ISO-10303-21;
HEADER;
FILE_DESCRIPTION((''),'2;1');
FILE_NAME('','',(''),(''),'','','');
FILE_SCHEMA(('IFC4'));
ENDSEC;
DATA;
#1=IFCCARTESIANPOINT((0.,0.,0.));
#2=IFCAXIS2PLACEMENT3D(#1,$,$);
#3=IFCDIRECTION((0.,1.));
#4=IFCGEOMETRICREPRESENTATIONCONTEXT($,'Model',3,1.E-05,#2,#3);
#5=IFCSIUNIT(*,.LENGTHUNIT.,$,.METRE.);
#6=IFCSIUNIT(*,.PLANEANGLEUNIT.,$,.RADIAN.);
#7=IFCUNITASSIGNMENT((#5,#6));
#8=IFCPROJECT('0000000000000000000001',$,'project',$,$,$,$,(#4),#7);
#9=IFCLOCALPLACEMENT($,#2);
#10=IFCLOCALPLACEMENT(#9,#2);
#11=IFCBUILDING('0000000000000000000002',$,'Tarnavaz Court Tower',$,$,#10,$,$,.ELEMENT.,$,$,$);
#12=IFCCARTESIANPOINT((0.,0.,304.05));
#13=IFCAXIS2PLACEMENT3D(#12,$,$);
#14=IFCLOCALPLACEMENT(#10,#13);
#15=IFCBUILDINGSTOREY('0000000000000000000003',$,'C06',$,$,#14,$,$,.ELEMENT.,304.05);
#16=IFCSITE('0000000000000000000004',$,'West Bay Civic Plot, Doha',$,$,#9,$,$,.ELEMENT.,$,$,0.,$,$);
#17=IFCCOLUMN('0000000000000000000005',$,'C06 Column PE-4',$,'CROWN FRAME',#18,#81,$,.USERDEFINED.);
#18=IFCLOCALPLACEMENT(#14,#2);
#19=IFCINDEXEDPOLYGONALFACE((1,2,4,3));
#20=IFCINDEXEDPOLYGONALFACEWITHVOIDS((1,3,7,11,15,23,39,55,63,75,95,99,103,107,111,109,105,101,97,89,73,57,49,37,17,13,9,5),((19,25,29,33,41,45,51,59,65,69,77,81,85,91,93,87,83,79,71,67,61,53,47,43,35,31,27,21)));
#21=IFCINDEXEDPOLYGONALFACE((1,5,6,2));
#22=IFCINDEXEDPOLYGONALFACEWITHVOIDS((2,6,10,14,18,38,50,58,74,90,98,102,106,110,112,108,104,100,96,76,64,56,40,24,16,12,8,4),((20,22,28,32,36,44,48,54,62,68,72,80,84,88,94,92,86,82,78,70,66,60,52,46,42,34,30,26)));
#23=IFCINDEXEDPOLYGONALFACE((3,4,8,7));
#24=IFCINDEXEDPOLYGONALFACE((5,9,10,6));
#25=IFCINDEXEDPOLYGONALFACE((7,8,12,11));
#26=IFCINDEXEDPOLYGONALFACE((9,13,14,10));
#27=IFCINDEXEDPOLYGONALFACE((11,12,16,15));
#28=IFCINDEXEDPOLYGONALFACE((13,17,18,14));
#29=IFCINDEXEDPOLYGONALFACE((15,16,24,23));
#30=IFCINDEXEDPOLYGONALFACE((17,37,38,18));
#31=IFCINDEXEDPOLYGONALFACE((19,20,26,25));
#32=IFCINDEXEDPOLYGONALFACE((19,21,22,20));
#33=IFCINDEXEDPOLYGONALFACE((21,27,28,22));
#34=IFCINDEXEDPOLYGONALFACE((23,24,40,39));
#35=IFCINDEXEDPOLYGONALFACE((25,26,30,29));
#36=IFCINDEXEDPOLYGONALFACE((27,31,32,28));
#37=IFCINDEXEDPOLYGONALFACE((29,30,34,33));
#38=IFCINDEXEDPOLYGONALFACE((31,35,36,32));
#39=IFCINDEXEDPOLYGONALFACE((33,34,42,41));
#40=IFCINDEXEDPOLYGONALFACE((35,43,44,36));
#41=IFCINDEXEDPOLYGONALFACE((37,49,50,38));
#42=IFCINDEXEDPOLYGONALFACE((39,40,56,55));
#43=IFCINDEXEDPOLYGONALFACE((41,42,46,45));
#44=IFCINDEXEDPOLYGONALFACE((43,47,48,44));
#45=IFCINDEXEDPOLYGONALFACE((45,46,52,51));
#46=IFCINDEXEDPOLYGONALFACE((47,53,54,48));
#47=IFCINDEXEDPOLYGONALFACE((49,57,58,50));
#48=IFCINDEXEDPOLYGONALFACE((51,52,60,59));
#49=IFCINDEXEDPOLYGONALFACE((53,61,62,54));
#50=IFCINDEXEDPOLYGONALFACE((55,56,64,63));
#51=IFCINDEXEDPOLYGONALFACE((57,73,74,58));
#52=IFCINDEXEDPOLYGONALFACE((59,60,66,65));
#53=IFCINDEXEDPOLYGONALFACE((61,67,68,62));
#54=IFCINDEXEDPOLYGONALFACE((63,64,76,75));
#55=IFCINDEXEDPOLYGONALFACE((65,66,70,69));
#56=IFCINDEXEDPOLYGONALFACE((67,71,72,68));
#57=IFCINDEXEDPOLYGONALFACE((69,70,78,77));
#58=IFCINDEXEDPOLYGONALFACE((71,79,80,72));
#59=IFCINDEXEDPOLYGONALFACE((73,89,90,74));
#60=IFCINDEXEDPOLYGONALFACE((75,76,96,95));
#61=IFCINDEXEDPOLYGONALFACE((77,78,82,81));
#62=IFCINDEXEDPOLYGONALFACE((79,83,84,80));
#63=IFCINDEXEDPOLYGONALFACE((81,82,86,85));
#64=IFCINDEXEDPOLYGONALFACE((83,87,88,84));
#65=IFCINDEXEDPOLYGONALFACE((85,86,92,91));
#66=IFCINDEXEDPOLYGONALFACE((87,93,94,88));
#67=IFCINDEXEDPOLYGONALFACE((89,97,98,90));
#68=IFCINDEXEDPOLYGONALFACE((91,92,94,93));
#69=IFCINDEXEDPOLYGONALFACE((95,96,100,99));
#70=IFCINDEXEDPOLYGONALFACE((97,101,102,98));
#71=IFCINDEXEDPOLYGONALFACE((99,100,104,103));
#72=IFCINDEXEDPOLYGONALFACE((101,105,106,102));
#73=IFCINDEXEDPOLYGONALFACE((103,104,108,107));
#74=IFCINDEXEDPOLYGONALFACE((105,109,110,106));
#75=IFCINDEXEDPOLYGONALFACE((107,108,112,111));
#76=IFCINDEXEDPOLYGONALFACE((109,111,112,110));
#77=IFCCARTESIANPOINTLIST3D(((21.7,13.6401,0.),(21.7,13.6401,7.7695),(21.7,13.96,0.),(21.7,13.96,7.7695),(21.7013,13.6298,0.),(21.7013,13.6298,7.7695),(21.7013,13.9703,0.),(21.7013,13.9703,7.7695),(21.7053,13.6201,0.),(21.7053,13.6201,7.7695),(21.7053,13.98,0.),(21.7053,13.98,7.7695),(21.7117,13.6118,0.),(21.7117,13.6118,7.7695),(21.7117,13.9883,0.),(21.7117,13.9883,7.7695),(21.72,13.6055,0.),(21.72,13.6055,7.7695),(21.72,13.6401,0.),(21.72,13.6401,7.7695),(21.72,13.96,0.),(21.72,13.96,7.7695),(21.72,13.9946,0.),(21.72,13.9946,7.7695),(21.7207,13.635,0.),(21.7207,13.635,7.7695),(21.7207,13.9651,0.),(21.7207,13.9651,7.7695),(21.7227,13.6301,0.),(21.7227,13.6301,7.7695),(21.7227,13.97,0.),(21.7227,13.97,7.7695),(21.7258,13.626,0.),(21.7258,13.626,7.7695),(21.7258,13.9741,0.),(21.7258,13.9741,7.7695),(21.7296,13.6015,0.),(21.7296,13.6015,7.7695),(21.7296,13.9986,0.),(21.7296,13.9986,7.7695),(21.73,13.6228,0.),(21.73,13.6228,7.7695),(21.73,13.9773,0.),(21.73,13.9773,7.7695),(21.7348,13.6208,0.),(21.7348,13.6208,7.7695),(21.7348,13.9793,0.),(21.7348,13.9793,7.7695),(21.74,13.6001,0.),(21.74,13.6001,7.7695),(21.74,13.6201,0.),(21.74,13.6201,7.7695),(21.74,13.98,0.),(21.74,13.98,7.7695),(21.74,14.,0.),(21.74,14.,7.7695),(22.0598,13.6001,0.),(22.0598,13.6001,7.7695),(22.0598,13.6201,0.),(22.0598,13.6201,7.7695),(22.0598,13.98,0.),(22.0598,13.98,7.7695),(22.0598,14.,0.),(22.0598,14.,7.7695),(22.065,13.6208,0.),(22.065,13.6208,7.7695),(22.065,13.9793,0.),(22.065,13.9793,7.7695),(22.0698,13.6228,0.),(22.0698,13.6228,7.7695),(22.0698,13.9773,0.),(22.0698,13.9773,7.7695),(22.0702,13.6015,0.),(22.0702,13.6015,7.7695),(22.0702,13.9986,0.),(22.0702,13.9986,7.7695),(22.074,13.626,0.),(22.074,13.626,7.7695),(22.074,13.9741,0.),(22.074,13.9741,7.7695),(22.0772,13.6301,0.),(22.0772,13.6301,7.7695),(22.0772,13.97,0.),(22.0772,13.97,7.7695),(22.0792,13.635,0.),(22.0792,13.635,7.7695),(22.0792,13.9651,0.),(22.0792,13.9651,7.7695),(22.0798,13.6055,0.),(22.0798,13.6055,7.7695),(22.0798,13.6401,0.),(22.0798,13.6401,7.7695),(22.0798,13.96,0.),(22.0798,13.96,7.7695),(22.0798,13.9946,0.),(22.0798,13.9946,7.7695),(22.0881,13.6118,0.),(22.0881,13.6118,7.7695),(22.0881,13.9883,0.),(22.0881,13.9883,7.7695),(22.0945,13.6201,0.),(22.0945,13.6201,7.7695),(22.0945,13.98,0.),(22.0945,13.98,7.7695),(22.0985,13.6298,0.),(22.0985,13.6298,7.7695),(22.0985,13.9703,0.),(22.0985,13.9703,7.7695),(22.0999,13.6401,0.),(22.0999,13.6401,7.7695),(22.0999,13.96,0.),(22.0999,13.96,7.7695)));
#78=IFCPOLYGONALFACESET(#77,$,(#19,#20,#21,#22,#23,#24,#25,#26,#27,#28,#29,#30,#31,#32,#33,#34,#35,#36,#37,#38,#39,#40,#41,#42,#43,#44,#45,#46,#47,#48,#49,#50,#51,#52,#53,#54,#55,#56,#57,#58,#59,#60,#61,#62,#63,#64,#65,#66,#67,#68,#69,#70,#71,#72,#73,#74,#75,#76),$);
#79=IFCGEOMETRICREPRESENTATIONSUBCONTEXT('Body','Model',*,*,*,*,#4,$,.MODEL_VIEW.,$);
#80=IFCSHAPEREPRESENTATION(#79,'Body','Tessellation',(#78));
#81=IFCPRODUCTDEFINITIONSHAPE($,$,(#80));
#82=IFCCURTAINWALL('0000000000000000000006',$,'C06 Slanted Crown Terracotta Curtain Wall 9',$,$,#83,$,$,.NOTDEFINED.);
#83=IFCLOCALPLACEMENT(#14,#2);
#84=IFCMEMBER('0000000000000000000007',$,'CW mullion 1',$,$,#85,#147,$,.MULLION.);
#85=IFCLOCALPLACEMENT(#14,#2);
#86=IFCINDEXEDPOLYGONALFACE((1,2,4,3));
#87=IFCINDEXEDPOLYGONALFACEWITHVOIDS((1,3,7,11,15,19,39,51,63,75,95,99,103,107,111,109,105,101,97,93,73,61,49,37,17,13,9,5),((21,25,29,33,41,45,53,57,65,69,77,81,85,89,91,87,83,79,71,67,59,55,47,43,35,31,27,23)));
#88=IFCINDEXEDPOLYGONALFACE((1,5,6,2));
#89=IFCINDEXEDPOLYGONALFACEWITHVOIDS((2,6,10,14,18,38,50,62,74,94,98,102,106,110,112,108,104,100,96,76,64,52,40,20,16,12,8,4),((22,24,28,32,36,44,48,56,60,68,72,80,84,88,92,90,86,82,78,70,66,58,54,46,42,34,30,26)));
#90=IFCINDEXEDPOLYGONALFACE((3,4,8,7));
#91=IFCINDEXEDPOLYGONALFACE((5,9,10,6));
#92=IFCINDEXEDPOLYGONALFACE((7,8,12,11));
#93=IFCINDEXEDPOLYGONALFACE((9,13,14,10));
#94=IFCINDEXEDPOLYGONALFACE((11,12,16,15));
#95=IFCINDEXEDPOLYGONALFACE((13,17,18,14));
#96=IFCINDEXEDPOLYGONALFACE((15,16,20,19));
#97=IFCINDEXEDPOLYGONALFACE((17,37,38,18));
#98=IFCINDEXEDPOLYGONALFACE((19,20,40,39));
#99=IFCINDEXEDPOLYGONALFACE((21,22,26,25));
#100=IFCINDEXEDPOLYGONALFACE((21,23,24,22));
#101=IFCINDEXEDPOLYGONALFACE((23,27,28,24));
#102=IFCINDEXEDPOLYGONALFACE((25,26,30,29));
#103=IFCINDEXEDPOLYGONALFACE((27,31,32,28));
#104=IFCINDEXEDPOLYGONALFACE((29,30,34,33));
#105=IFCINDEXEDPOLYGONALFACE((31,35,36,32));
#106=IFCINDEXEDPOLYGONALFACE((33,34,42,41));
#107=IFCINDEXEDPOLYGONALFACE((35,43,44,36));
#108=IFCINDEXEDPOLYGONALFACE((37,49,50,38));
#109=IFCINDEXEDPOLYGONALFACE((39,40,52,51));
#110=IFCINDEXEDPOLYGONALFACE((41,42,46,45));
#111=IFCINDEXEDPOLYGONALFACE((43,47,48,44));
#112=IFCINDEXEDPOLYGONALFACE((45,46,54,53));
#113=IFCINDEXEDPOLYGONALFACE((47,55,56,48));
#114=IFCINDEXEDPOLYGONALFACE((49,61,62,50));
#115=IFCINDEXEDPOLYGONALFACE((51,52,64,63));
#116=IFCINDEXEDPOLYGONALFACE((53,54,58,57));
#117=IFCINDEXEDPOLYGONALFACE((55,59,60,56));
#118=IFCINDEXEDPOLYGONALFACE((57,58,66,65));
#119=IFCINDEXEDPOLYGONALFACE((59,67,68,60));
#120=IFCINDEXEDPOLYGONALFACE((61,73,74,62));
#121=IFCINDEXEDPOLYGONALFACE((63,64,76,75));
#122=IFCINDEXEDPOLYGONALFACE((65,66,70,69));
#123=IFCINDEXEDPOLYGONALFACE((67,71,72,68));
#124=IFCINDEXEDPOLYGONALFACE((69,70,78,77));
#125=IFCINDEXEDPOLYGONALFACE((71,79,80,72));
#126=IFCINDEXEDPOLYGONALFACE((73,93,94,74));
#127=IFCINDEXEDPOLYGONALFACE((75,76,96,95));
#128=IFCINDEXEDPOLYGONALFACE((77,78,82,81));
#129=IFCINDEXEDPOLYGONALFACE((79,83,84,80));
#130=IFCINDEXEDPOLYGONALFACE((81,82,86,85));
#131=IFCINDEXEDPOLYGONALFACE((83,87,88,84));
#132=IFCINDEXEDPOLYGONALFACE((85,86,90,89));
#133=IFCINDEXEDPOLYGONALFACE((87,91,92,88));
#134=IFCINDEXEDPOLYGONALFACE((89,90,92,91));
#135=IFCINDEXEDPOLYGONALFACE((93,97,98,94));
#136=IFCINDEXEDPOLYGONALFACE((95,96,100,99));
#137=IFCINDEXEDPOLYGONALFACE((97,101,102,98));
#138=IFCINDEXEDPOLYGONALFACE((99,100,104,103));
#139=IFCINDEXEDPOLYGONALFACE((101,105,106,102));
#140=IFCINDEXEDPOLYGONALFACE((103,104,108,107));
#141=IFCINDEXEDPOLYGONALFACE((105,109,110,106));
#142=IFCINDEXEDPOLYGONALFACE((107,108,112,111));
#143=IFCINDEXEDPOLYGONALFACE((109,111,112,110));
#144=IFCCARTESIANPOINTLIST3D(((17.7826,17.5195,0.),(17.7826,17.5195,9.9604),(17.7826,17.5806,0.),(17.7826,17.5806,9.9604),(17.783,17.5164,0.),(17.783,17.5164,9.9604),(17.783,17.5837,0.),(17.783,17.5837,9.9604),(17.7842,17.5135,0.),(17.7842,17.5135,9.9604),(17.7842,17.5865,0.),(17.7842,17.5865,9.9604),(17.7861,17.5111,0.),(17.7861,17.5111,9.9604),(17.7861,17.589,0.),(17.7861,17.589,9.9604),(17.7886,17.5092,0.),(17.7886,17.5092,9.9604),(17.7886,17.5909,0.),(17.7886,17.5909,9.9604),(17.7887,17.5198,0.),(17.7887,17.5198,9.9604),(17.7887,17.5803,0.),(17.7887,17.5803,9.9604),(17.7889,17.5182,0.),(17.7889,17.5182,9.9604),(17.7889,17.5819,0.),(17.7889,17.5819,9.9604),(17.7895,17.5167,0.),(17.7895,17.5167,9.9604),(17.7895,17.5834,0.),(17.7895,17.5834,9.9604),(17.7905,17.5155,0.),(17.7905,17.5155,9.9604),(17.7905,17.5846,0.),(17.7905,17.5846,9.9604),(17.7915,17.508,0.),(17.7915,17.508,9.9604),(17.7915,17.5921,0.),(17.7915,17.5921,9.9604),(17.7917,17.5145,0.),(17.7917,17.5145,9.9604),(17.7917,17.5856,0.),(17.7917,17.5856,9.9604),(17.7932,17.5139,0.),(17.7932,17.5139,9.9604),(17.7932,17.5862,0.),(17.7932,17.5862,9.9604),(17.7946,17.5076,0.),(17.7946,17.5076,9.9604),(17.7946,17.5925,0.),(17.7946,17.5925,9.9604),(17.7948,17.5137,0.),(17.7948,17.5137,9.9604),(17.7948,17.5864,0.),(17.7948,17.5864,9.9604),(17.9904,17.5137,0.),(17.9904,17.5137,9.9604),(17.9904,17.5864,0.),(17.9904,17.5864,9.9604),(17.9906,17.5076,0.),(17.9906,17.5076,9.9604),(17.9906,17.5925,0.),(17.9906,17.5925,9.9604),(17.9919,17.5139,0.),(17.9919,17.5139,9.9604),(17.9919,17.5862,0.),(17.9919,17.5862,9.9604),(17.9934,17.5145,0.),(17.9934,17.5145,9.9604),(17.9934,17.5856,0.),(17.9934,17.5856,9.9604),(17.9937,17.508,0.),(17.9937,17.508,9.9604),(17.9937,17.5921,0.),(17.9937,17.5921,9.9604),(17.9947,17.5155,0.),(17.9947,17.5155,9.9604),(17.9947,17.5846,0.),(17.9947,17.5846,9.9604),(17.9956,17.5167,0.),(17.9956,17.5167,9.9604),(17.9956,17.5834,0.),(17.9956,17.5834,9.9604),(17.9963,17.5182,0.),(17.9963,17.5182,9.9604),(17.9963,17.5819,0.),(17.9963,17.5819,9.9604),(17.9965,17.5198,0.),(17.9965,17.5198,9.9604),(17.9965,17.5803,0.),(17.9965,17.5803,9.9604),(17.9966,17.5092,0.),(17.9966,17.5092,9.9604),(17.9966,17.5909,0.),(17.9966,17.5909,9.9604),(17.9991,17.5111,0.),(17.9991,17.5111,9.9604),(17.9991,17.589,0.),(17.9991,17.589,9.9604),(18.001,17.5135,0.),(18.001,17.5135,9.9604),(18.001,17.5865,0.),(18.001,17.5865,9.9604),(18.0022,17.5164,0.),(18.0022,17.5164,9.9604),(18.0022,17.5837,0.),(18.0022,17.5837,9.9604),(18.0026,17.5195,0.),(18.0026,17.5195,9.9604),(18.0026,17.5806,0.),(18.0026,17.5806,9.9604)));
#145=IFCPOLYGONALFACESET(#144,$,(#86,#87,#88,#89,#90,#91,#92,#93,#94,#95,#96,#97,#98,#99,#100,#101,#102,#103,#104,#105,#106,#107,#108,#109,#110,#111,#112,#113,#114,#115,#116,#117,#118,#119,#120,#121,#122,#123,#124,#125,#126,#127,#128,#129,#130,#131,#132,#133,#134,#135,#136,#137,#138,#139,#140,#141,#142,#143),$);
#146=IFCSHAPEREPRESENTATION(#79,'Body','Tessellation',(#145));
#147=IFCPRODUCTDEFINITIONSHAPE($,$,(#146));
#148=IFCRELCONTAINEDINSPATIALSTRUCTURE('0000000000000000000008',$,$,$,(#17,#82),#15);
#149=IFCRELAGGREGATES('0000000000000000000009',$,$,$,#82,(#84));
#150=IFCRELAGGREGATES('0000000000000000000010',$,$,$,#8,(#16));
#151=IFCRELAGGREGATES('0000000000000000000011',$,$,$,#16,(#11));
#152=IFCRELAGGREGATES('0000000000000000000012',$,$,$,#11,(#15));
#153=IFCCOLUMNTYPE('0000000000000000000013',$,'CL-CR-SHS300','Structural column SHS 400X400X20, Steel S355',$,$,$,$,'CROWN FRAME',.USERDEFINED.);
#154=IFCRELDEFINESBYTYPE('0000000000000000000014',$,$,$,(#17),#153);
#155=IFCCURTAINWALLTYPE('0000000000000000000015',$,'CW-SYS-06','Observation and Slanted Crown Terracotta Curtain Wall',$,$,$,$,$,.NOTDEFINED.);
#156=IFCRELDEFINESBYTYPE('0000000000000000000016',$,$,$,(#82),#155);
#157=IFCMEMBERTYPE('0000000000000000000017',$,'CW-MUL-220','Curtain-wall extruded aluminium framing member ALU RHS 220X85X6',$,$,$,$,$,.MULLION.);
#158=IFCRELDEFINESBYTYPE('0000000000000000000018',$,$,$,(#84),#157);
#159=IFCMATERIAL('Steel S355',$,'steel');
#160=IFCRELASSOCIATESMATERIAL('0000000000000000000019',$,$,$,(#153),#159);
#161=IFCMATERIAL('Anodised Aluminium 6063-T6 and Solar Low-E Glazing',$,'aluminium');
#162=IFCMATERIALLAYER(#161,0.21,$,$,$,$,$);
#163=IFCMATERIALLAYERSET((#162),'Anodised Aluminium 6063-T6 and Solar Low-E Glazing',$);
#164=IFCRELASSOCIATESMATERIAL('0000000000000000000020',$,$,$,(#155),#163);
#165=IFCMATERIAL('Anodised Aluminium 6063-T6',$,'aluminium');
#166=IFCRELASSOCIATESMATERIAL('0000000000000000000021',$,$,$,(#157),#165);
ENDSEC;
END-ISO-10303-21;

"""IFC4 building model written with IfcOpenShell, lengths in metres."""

from ifc_helpers import new_model, si_unit, direction, frame, origin, origin_2d, place, context, subcontext, project, spatial, hollow_rectangle, extrude, material, layer, layer_set, material_profile, profile_set, type_object, element, aggregate, save


model = new_model("IFC4")

# Units and contexts
model_context = context("Model", 3, precision=1e-05, world=origin(), true_north=direction((0.0, 1.0)))
body_context = subcontext(model_context, "Body", "Model", "MODEL_VIEW")
ifc_project = project(units=[si_unit("LENGTHUNIT", "METRE"), si_unit("PLANEANGLEUNIT", "RADIAN")], contexts=[model_context])

# Site, building, storey
site_placement = place(None, origin())
site = spatial("IfcSite", under=ifc_project, at=site_placement, Name="West Bay Civic Plot, Doha", CompositionType="ELEMENT", RefElevation=0.0)
building_placement = place(site_placement, origin())
building = spatial("IfcBuilding", under=site, at=building_placement, Name="Tarnavaz Court Tower", CompositionType="ELEMENT")
storey_placement = place(building_placement, frame((0.0, 0.0, 304.05)))
storey = spatial("IfcBuildingStorey", under=building, at=storey_placement, Name="C06", CompositionType="ELEMENT", Elevation=304.05)

# Column
ifc_material_1 = material(Name="Steel S355", Category="steel")
ifc_material_profile_1 = material_profile(ifc_material_1, hollow_rectangle(XDim=0.3999, YDim=0.3999, WallThickness=0.02, InnerFilletRadius=0.02, OuterFilletRadius=0.04, at=origin_2d()), Name="SHS 400X400X20")
ifc_profile_set_1 = profile_set([ifc_material_profile_1], Name="Steel S355")
column_type = type_object("IfcColumnType", Name="CL-CR-SHS300", Description="Structural column SHS 400X400X20, Steel S355", ElementType="CROWN FRAME", PredefinedType="USERDEFINED", material=ifc_profile_set_1)
column_1_placement = place(storey_placement, frame((21.8999, 13.8, 0.0), z_axis=(0.0, 0.0, 1.0), x_axis=(1.0, 0.0, 0.0)))
element("IfcColumn", 1, at=column_1_placement, inside=storey, type_object=column_type, Name="C06 Column PE-4", ObjectType="CROWN FRAME", PredefinedType="USERDEFINED", context=body_context, shape_type="SweptSolid", body=[
    extrude(hollow_rectangle(XDim=0.3999, YDim=0.3999, WallThickness=0.02, InnerFilletRadius=0.02, OuterFilletRadius=0.04, at=origin_2d()), origin(), (0.0, 0.0, 1.0), 7.7695),
])

# Curtain wall, member
ifc_material_2 = material(Name="Anodised Aluminium 6063-T6 and Solar Low-E Glazing", Category="aluminium")
ifc_layer_1 = layer(ifc_material_2, 0.21)
ifc_layer_set_1 = layer_set([ifc_layer_1], Name="Anodised Aluminium 6063-T6 and Solar Low-E Glazing")
curtain_wall_type = type_object("IfcCurtainWallType", Name="CW-SYS-06", Description="Observation and Slanted Crown Terracotta Curtain Wall", PredefinedType="NOTDEFINED", material=ifc_layer_set_1)
curtain_wall_1_placement = place(storey_placement, origin())
curtain_wall_1 = element("IfcCurtainWall", 2, at=curtain_wall_1_placement, inside=storey, type_object=curtain_wall_type, Name="C06 Slanted Crown Terracotta Curtain Wall 9", PredefinedType="NOTDEFINED")
ifc_material_3 = material(Name="Anodised Aluminium 6063-T6", Category="aluminium")
ifc_material_profile_2 = material_profile(ifc_material_3, hollow_rectangle(XDim=0.085, YDim=0.22, WallThickness=0.0061, InnerFilletRadius=0.0061, OuterFilletRadius=0.012, at=origin_2d()), Name="ALU RHS 220X85X6")
ifc_profile_set_2 = profile_set([ifc_material_profile_2], Name="Anodised Aluminium 6063-T6")
member_type_1 = type_object("IfcMemberType", Name="CW-MUL-220", Description="Curtain-wall extruded aluminium framing member ALU RHS 220X85X6", PredefinedType="MULLION", material=ifc_profile_set_2)
member_1_placement = place(storey_placement, frame((17.8926, 17.55, 0.0), z_axis=(0.0, 0.0, 1.0), x_axis=(0.0, 1.0, 0.0)))
member_1 = element("IfcMember", 3, at=member_1_placement, type_object=member_type_1, Name="CW mullion 1", PredefinedType="MULLION", context=body_context, shape_type="SweptSolid", body=[
    extrude(hollow_rectangle(XDim=0.085, YDim=0.22, WallThickness=0.0061, InnerFilletRadius=0.0061, OuterFilletRadius=0.012, at=origin_2d()), origin(), (0.0, 0.0, 1.0), 9.9604),
])

aggregate(curtain_wall_1, [member_1])

save(model, "model.ifc")
